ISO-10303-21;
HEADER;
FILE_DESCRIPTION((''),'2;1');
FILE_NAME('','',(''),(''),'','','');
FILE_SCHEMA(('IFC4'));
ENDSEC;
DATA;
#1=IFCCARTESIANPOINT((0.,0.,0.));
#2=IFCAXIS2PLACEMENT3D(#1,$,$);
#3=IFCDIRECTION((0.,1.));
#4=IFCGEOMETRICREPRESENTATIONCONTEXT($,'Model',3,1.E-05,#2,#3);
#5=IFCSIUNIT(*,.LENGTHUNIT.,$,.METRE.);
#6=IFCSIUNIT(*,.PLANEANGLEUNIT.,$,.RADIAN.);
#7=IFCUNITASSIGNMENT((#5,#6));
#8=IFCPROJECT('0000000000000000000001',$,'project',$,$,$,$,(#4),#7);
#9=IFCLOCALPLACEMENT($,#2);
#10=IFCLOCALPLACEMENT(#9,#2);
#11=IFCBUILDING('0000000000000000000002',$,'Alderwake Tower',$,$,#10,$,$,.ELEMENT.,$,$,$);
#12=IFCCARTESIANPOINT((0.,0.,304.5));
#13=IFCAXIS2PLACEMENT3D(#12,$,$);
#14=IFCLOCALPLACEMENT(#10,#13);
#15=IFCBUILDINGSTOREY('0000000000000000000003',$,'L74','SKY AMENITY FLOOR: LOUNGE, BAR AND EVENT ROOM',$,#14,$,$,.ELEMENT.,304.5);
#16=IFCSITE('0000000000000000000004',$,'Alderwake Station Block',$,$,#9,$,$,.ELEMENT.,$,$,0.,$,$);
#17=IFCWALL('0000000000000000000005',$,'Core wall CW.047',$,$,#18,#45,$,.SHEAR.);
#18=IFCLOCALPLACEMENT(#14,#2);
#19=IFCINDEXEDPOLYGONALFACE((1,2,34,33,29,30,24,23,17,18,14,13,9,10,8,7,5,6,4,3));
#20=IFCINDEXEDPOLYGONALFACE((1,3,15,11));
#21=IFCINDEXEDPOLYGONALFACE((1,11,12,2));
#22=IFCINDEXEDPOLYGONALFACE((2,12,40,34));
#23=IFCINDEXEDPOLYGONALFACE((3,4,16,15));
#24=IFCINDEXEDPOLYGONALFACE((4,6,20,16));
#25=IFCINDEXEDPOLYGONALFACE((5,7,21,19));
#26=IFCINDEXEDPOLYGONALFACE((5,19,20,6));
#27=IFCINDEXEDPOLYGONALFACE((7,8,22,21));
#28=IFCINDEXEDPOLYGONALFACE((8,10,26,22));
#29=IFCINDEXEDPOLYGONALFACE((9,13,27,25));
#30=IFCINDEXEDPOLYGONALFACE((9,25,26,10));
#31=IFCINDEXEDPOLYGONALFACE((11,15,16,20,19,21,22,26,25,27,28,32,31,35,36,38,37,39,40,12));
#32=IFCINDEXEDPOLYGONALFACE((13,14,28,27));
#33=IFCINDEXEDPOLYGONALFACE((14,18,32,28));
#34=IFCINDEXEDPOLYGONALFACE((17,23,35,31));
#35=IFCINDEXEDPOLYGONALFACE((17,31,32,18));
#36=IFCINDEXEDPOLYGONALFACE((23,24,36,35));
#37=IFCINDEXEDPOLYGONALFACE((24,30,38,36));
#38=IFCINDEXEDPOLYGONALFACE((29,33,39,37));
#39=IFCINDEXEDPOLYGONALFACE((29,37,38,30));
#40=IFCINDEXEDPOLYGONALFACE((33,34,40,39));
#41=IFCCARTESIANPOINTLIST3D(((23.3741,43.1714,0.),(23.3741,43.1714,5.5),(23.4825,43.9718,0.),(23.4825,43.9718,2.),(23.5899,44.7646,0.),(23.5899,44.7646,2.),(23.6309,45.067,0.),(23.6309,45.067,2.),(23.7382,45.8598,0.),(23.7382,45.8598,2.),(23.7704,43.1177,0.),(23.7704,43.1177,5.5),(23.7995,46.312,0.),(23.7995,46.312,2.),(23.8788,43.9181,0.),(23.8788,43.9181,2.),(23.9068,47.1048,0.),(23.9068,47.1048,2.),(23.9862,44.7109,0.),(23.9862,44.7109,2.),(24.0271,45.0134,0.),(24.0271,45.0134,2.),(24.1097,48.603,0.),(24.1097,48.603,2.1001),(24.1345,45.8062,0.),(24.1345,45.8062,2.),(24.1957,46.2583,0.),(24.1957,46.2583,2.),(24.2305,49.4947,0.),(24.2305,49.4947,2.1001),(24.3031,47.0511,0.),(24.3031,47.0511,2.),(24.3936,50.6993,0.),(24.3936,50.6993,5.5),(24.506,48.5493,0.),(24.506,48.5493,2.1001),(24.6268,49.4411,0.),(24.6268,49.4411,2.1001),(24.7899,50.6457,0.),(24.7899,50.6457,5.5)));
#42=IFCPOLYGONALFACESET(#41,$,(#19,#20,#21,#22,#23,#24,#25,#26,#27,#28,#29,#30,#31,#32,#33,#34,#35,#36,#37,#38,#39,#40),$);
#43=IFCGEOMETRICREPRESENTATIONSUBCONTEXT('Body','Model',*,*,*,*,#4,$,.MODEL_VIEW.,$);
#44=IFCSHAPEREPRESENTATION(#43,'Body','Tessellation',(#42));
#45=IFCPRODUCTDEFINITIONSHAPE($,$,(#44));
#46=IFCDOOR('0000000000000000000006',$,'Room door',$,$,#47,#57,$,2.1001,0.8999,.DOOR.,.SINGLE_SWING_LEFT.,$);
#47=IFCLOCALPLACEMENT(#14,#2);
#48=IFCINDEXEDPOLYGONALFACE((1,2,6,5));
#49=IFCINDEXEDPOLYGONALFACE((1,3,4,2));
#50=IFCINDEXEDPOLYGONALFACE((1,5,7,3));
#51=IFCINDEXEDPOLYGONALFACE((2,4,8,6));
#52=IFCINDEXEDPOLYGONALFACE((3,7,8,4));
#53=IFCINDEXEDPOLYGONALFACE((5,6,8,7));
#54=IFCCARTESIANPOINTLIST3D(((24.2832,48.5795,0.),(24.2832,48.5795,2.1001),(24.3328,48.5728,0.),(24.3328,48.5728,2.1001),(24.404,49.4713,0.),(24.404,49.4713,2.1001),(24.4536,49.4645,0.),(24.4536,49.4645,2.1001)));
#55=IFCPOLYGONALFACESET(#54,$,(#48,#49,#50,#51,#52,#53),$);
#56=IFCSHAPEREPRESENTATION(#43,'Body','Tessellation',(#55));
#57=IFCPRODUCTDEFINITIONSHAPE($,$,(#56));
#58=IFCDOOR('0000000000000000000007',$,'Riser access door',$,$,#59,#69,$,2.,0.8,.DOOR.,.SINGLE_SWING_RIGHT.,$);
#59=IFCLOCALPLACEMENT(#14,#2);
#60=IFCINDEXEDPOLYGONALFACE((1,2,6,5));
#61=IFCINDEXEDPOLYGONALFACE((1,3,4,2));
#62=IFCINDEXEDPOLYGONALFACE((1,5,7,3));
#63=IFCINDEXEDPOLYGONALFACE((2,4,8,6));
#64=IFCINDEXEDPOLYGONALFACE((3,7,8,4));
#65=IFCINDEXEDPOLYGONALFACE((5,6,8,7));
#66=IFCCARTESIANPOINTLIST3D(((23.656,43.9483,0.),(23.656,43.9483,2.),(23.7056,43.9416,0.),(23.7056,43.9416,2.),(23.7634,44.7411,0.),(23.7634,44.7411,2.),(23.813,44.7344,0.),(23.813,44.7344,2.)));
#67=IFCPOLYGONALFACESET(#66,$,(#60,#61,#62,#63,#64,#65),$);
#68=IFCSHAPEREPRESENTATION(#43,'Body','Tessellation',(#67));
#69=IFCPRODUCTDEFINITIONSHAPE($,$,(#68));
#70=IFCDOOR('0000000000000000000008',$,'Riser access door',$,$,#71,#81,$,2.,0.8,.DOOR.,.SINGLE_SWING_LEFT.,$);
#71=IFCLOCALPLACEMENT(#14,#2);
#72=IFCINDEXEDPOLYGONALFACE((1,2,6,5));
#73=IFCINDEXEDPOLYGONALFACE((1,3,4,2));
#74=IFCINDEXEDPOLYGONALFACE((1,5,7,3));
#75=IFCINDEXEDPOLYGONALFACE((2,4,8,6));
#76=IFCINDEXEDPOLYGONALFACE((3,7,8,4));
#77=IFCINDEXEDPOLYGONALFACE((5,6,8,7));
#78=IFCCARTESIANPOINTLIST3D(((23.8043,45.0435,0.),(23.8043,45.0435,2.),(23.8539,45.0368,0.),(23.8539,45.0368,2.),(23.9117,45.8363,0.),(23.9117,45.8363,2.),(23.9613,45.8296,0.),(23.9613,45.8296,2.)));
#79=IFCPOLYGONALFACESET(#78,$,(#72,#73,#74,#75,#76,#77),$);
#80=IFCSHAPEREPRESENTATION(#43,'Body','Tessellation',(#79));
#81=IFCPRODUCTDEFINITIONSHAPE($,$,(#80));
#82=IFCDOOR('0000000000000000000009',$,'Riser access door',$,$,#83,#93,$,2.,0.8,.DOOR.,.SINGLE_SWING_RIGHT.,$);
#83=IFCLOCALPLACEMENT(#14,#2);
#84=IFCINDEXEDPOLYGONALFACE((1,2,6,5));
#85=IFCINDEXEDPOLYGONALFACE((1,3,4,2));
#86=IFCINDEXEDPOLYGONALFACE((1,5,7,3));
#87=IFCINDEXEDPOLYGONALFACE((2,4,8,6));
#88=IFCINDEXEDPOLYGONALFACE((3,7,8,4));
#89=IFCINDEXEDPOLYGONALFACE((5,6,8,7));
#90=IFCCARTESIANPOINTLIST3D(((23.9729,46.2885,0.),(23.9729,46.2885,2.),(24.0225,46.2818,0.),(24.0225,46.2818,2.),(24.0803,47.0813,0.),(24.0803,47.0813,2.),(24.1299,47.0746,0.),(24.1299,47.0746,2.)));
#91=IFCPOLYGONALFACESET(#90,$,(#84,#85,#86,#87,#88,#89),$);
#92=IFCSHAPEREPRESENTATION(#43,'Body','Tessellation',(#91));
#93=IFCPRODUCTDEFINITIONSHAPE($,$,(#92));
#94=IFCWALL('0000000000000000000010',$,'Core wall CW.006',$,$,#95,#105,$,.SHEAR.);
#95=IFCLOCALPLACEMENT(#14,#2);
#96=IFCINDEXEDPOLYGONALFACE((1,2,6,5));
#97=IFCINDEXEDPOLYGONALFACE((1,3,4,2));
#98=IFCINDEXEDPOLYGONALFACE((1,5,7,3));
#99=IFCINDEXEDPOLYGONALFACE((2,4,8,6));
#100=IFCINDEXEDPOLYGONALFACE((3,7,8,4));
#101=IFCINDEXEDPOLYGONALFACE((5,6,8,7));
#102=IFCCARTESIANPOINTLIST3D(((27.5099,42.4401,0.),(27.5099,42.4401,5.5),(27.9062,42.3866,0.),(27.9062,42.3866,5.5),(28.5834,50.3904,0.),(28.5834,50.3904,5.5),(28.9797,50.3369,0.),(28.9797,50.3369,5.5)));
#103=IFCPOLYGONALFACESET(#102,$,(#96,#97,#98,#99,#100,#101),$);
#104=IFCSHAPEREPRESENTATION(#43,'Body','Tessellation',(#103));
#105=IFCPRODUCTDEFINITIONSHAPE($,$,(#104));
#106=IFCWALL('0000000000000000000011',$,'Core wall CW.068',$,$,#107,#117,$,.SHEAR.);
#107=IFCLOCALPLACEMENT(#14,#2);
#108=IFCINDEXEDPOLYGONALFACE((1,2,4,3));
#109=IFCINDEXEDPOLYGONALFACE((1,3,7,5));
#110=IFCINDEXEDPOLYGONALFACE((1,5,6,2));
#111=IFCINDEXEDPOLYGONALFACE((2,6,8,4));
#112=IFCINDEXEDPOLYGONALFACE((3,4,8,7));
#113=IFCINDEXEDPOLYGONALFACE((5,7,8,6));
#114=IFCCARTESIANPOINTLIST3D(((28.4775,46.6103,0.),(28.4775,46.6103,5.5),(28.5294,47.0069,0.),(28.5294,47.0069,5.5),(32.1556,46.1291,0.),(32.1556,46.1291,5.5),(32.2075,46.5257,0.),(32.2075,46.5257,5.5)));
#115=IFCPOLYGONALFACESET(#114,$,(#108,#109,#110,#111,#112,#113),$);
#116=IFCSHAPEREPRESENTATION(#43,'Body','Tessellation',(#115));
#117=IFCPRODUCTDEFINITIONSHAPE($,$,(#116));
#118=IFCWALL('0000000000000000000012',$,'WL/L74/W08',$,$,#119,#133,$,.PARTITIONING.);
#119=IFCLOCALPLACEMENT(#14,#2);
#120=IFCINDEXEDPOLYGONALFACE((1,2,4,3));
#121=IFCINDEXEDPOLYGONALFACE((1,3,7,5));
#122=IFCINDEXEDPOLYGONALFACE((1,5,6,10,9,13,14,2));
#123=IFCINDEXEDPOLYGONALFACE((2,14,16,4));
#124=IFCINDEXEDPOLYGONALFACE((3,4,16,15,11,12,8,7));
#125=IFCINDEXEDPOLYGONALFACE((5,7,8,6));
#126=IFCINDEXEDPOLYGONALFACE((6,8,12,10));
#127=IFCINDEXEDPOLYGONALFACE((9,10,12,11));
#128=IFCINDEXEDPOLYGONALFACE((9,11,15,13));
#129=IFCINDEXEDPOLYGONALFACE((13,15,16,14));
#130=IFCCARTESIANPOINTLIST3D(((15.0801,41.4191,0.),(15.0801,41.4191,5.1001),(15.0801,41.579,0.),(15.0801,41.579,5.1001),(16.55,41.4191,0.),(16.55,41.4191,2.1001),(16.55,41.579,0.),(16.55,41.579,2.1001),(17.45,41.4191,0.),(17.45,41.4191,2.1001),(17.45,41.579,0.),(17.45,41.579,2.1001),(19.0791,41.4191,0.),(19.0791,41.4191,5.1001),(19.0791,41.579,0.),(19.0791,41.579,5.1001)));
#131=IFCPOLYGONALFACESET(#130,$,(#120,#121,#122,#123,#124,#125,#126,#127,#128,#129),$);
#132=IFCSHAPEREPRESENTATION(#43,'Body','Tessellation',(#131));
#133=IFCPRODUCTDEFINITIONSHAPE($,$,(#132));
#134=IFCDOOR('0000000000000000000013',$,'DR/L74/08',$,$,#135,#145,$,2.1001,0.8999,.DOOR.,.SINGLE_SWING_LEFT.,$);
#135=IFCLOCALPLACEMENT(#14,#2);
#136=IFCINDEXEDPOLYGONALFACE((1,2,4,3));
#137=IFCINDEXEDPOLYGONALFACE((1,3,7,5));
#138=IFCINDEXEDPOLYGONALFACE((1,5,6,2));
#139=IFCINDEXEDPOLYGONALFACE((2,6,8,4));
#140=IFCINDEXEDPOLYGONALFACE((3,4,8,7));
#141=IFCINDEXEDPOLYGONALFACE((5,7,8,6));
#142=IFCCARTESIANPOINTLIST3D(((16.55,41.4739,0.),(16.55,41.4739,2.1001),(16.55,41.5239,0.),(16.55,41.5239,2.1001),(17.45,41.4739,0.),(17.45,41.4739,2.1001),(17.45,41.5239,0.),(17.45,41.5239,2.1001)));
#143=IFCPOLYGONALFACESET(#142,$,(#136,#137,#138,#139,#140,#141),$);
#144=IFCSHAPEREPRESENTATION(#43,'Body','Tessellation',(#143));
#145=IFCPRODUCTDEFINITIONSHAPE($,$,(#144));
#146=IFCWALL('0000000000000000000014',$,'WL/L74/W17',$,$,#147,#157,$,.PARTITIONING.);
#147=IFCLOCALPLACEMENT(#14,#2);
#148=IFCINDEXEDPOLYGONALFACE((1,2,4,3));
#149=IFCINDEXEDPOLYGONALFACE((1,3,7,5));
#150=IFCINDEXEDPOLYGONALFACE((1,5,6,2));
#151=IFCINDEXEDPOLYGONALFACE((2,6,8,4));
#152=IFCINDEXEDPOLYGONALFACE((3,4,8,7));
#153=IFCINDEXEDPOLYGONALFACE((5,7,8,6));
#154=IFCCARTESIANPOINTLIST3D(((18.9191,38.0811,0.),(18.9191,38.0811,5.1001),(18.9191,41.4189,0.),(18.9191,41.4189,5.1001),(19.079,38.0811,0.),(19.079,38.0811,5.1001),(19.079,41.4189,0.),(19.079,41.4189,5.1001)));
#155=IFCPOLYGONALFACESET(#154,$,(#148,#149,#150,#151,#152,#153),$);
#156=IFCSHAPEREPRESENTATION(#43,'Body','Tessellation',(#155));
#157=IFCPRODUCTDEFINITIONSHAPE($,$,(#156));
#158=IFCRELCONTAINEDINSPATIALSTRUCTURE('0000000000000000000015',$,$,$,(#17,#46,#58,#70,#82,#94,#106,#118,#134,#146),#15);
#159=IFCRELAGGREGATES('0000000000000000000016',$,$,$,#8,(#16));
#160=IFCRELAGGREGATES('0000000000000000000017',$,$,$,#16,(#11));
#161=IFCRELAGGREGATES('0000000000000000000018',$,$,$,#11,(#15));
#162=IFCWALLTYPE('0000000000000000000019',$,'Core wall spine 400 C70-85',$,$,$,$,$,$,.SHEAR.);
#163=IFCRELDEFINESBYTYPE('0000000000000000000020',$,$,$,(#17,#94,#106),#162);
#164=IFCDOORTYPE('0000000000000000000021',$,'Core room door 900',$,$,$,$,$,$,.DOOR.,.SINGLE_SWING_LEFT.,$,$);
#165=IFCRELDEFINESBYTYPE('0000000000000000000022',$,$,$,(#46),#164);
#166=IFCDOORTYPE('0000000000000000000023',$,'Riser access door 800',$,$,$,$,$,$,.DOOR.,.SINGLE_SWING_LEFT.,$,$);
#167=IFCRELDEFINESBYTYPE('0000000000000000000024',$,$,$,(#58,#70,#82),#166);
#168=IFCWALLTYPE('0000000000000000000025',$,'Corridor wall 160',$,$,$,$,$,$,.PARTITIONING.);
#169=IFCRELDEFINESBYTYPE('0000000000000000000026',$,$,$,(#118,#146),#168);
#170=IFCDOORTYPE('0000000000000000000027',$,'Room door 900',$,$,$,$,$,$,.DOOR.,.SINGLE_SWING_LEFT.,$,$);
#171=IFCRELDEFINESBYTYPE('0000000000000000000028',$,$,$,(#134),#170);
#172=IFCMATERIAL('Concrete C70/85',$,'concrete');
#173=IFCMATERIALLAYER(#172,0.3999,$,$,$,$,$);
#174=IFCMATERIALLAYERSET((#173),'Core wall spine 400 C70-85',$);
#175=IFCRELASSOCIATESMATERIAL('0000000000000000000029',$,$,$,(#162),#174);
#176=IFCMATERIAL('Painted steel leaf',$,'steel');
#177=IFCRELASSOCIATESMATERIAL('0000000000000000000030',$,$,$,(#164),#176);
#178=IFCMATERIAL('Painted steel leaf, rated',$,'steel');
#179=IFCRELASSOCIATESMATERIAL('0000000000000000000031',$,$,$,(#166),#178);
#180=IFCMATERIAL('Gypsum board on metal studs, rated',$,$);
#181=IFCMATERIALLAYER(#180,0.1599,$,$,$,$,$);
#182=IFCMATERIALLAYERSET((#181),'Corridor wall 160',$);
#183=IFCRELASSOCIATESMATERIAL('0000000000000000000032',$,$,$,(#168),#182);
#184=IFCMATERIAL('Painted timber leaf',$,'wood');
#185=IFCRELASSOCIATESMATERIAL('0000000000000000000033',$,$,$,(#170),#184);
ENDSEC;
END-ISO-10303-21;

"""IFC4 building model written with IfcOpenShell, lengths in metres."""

from ifc_helpers import new_model, si_unit, direction, frame, frame_2d, origin, place, context, subcontext, project, spatial, rectangle, extrude, material, layer, layer_set, type_object, element, fill, save


model = new_model("IFC4")

# Units and contexts
model_context = context("Model", 3, precision=1e-05, world=origin(), true_north=direction((0.0, 1.0)))
body_context = subcontext(model_context, "Body", "Model", "MODEL_VIEW")
ifc_project = project(units=[si_unit("LENGTHUNIT", "METRE"), si_unit("PLANEANGLEUNIT", "RADIAN")], contexts=[model_context])

# Site, building, storey
site_placement = place(None, origin())
site = spatial("IfcSite", under=ifc_project, at=site_placement, Name="Alderwake Station Block", CompositionType="ELEMENT", RefElevation=0.0)
building_placement = place(site_placement, origin())
building = spatial("IfcBuilding", under=site, at=building_placement, Name="Alderwake Tower", CompositionType="ELEMENT")
storey_placement = place(building_placement, frame((0.0, 0.0, 304.5)))
storey = spatial("IfcBuildingStorey", under=building, at=storey_placement, Name="L74", Description="SKY AMENITY FLOOR: LOUNGE, BAR AND EVENT ROOM", CompositionType="ELEMENT", Elevation=304.5)

# Wall, openings, doors
ifc_material_1 = material(Name="Concrete C70/85", Category="concrete")
ifc_layer_1 = layer(ifc_material_1, 0.3999)
ifc_layer_set_1 = layer_set([ifc_layer_1], Name="Core wall spine 400 C70-85")
wall_type_1 = type_object("IfcWallType", Name="Core wall spine 400 C70-85", PredefinedType="SHEAR", material=ifc_layer_set_1)
wall_1_placement = place(storey_placement, frame((23.5723, 43.1445, 0.0), z_axis=(0.0, 0.0, 1.0), x_axis=(0.134205, 0.990954, 0.0)))
wall_1 = element("IfcWall", 1, at=wall_1_placement, inside=storey, type_object=wall_type_1, Name="Core wall CW.047", PredefinedType="SHEAR", context=body_context, shape_type="SweptSolid", body=[
    extrude(rectangle(XDim=7.5967, YDim=0.3999, at=frame_2d((3.7983, 0.0))), origin(), (0.0, 0.0, 1.0), 5.5),
])
opening_1_placement = place(wall_1_placement, frame((0.8079, 0.0, 0.0)))
opening_1 = element("IfcOpeningElement", 2, at=opening_1_placement, cuts=wall_1, PredefinedType="OPENING", context=body_context, shape_type="SweptSolid", body=[
    extrude(rectangle(XDim=0.8, YDim=2.0, at=frame_2d((0.3999, 1.0))), frame((0.0, 0.21, 0.0), z_axis=(0.0, -1.0, 0.0), x_axis=(1.0, 0.0, 0.0)), (0.0, 0.0, 1.0), 0.4199),
])
opening_2_placement = place(wall_1_placement, frame((1.9131, 0.0, 0.0)))
opening_2 = element("IfcOpeningElement", 3, at=opening_2_placement, cuts=wall_1, PredefinedType="OPENING", context=body_context, shape_type="SweptSolid", body=[
    extrude(rectangle(XDim=0.8, YDim=2.0, at=frame_2d((0.3999, 1.0))), frame((0.0, 0.21, 0.0), z_axis=(0.0, -1.0, 0.0), x_axis=(1.0, 0.0, 0.0)), (0.0, 0.0, 1.0), 0.4199),
])
opening_3_placement = place(wall_1_placement, frame((3.1694, 0.0, 0.0)))
opening_3 = element("IfcOpeningElement", 4, at=opening_3_placement, cuts=wall_1, PredefinedType="OPENING", context=body_context, shape_type="SweptSolid", body=[
    extrude(rectangle(XDim=0.8, YDim=2.0, at=frame_2d((0.3999, 1.0))), frame((0.0, 0.21, 0.0), z_axis=(0.0, -1.0, 0.0), x_axis=(1.0, 0.0, 0.0)), (0.0, 0.0, 1.0), 0.4199),
])
opening_4_placement = place(wall_1_placement, frame((5.4812, 0.0, 0.0)))
opening_4 = element("IfcOpeningElement", 5, at=opening_4_placement, cuts=wall_1, PredefinedType="OPENING", context=body_context, shape_type="SweptSolid", body=[
    extrude(rectangle(XDim=0.8999, YDim=2.1001, at=frame_2d((0.45, 1.05))), frame((0.0, 0.21, 0.0), z_axis=(0.0, -1.0, 0.0), x_axis=(1.0, 0.0, 0.0)), (0.0, 0.0, 1.0), 0.4199),
])
ifc_material_2 = material(Name="Painted steel leaf", Category="steel")
door_type_1 = type_object("IfcDoorType", Name="Core room door 900", OperationType="SINGLE_SWING_LEFT", PredefinedType="DOOR", material=ifc_material_2)
door_1_placement = place(opening_4_placement, origin())
door_1 = element("IfcDoor", 6, at=door_1_placement, inside=storey, type_object=door_type_1, Name="Room door", OperationType="SINGLE_SWING_LEFT", OverallHeight=2.1001, OverallWidth=0.8999, PredefinedType="DOOR", context=body_context, shape_type="SweptSolid", body=[
    extrude(rectangle(XDim=0.8999, YDim=2.1001, at=frame_2d((0.45, 1.05))), frame((0.0, 0.0249, 0.0), z_axis=(0.0, -1.0, 0.0), x_axis=(1.0, 0.0, 0.0)), (0.0, 0.0, 1.0), 0.05),
])
fill(opening_4, door_1)
ifc_material_3 = material(Name="Painted steel leaf, rated", Category="steel")
door_type_2 = type_object("IfcDoorType", Name="Riser access door 800", OperationType="SINGLE_SWING_LEFT", PredefinedType="DOOR", material=ifc_material_3)
door_2_placement = place(opening_1_placement, origin())
door_2 = element("IfcDoor", 7, at=door_2_placement, inside=storey, type_object=door_type_2, Name="Riser access door", OperationType="SINGLE_SWING_RIGHT", OverallHeight=2.0, OverallWidth=0.8, PredefinedType="DOOR", context=body_context, shape_type="SweptSolid", body=[
    extrude(rectangle(XDim=0.8, YDim=2.0, at=frame_2d((0.3999, 1.0))), frame((0.0, 0.0249, 0.0), z_axis=(0.0, -1.0, 0.0), x_axis=(1.0, 0.0, 0.0)), (0.0, 0.0, 1.0), 0.05),
])
fill(opening_1, door_2)
door_3_placement = place(opening_2_placement, origin())
door_3 = element("IfcDoor", 8, at=door_3_placement, inside=storey, type_object=door_type_2, Name="Riser access door", OperationType="SINGLE_SWING_LEFT", OverallHeight=2.0, OverallWidth=0.8, PredefinedType="DOOR", context=body_context, shape_type="SweptSolid", body=[
    extrude(rectangle(XDim=0.8, YDim=2.0, at=frame_2d((0.3999, 1.0))), frame((0.0, 0.0249, 0.0), z_axis=(0.0, -1.0, 0.0), x_axis=(1.0, 0.0, 0.0)), (0.0, 0.0, 1.0), 0.05),
])
fill(opening_2, door_3)
door_4_placement = place(opening_3_placement, origin())
door_4 = element("IfcDoor", 9, at=door_4_placement, inside=storey, type_object=door_type_2, Name="Riser access door", OperationType="SINGLE_SWING_RIGHT", OverallHeight=2.0, OverallWidth=0.8, PredefinedType="DOOR", context=body_context, shape_type="SweptSolid", body=[
    extrude(rectangle(XDim=0.8, YDim=2.0, at=frame_2d((0.3999, 1.0))), frame((0.0, 0.0249, 0.0), z_axis=(0.0, -1.0, 0.0), x_axis=(1.0, 0.0, 0.0)), (0.0, 0.0, 1.0), 0.05),
])
fill(opening_3, door_4)

# Walls
wall_2_placement = place(storey_placement, frame((27.708, 42.4133, 0.0), z_axis=(0.0, 0.0, 1.0), x_axis=(0.133812, 0.991007, 0.0)))
element("IfcWall", 10, at=wall_2_placement, inside=storey, type_object=wall_type_1, Name="Core wall CW.006", PredefinedType="SHEAR", context=body_context, shape_type="SweptSolid", body=[
    extrude(rectangle(XDim=8.0225, YDim=0.3999, at=frame_2d((4.0112, 0.0))), origin(), (0.0, 0.0, 1.0), 5.5),
])
wall_3_placement = place(storey_placement, frame((28.5034, 46.8086, 0.0), z_axis=(0.0, 0.0, 1.0), x_axis=(0.991551, -0.129719, 0.0)))
element("IfcWall", 11, at=wall_3_placement, inside=storey, type_object=wall_type_1, Name="Core wall CW.068", PredefinedType="SHEAR", context=body_context, shape_type="SweptSolid", body=[
    extrude(rectangle(XDim=3.7095, YDim=0.3999, at=frame_2d((1.8547, 0.0))), origin(), (0.0, 0.0, 1.0), 5.5),
])

# Wall, opening, door
ifc_material_4 = material(Name="Gypsum board on metal studs, rated")
ifc_layer_2 = layer(ifc_material_4, 0.1599)
ifc_layer_set_2 = layer_set([ifc_layer_2], Name="Corridor wall 160")
wall_type_2 = type_object("IfcWallType", Name="Corridor wall 160", PredefinedType="PARTITIONING", material=ifc_layer_set_2)
wall_4_placement = place(storey_placement, frame((15.0801, 41.499, 0.0), z_axis=(0.0, 0.0, 1.0), x_axis=(1.0, 0.0, 0.0)))
wall_4 = element("IfcWall", 12, at=wall_4_placement, inside=storey, type_object=wall_type_2, Name="WL/L74/W08", PredefinedType="PARTITIONING", context=body_context, shape_type="SweptSolid", body=[
    extrude(rectangle(XDim=3.999, YDim=0.1599, at=frame_2d((1.9995, 0.0))), origin(), (0.0, 0.0, 1.0), 5.1001),
])
opening_5_placement = place(wall_4_placement, frame((1.47, 0.0, 0.0)))
opening_5 = element("IfcOpeningElement", 13, at=opening_5_placement, cuts=wall_4, PredefinedType="OPENING", context=body_context, shape_type="SweptSolid", body=[
    extrude(rectangle(XDim=0.8999, YDim=2.1001, at=frame_2d((0.45, 1.05))), frame((0.0, 0.0898, 0.0), z_axis=(0.0, -1.0, 0.0), x_axis=(1.0, 0.0, 0.0)), (0.0, 0.0, 1.0), 0.1799),
])
ifc_material_5 = material(Name="Painted timber leaf", Category="wood")
door_type_3 = type_object("IfcDoorType", Name="Room door 900", OperationType="SINGLE_SWING_LEFT", PredefinedType="DOOR", material=ifc_material_5)
door_5_placement = place(opening_5_placement, origin())
door_5 = element("IfcDoor", 14, at=door_5_placement, inside=storey, type_object=door_type_3, Name="DR/L74/08", OperationType="SINGLE_SWING_LEFT", OverallHeight=2.1001, OverallWidth=0.8999, PredefinedType="DOOR", context=body_context, shape_type="SweptSolid", body=[
    extrude(rectangle(XDim=0.8999, YDim=2.1001, at=frame_2d((0.45, 1.05))), frame((0.0, 0.0249, 0.0), z_axis=(0.0, -1.0, 0.0), x_axis=(1.0, 0.0, 0.0)), (0.0, 0.0, 1.0), 0.05),
])
fill(opening_5, door_5)

# Wall
wall_5_placement = place(storey_placement, frame((18.999, 41.4189, 0.0), z_axis=(0.0, 0.0, 1.0), x_axis=(0.0, -1.0, 0.0)))
element("IfcWall", 15, at=wall_5_placement, inside=storey, type_object=wall_type_2, Name="WL/L74/W17", PredefinedType="PARTITIONING", context=body_context, shape_type="SweptSolid", body=[
    extrude(rectangle(XDim=3.3379, YDim=0.1599, at=frame_2d((1.6689, 0.0))), origin(), (0.0, 0.0, 1.0), 5.1001),
])

save(model, "model.ifc")
